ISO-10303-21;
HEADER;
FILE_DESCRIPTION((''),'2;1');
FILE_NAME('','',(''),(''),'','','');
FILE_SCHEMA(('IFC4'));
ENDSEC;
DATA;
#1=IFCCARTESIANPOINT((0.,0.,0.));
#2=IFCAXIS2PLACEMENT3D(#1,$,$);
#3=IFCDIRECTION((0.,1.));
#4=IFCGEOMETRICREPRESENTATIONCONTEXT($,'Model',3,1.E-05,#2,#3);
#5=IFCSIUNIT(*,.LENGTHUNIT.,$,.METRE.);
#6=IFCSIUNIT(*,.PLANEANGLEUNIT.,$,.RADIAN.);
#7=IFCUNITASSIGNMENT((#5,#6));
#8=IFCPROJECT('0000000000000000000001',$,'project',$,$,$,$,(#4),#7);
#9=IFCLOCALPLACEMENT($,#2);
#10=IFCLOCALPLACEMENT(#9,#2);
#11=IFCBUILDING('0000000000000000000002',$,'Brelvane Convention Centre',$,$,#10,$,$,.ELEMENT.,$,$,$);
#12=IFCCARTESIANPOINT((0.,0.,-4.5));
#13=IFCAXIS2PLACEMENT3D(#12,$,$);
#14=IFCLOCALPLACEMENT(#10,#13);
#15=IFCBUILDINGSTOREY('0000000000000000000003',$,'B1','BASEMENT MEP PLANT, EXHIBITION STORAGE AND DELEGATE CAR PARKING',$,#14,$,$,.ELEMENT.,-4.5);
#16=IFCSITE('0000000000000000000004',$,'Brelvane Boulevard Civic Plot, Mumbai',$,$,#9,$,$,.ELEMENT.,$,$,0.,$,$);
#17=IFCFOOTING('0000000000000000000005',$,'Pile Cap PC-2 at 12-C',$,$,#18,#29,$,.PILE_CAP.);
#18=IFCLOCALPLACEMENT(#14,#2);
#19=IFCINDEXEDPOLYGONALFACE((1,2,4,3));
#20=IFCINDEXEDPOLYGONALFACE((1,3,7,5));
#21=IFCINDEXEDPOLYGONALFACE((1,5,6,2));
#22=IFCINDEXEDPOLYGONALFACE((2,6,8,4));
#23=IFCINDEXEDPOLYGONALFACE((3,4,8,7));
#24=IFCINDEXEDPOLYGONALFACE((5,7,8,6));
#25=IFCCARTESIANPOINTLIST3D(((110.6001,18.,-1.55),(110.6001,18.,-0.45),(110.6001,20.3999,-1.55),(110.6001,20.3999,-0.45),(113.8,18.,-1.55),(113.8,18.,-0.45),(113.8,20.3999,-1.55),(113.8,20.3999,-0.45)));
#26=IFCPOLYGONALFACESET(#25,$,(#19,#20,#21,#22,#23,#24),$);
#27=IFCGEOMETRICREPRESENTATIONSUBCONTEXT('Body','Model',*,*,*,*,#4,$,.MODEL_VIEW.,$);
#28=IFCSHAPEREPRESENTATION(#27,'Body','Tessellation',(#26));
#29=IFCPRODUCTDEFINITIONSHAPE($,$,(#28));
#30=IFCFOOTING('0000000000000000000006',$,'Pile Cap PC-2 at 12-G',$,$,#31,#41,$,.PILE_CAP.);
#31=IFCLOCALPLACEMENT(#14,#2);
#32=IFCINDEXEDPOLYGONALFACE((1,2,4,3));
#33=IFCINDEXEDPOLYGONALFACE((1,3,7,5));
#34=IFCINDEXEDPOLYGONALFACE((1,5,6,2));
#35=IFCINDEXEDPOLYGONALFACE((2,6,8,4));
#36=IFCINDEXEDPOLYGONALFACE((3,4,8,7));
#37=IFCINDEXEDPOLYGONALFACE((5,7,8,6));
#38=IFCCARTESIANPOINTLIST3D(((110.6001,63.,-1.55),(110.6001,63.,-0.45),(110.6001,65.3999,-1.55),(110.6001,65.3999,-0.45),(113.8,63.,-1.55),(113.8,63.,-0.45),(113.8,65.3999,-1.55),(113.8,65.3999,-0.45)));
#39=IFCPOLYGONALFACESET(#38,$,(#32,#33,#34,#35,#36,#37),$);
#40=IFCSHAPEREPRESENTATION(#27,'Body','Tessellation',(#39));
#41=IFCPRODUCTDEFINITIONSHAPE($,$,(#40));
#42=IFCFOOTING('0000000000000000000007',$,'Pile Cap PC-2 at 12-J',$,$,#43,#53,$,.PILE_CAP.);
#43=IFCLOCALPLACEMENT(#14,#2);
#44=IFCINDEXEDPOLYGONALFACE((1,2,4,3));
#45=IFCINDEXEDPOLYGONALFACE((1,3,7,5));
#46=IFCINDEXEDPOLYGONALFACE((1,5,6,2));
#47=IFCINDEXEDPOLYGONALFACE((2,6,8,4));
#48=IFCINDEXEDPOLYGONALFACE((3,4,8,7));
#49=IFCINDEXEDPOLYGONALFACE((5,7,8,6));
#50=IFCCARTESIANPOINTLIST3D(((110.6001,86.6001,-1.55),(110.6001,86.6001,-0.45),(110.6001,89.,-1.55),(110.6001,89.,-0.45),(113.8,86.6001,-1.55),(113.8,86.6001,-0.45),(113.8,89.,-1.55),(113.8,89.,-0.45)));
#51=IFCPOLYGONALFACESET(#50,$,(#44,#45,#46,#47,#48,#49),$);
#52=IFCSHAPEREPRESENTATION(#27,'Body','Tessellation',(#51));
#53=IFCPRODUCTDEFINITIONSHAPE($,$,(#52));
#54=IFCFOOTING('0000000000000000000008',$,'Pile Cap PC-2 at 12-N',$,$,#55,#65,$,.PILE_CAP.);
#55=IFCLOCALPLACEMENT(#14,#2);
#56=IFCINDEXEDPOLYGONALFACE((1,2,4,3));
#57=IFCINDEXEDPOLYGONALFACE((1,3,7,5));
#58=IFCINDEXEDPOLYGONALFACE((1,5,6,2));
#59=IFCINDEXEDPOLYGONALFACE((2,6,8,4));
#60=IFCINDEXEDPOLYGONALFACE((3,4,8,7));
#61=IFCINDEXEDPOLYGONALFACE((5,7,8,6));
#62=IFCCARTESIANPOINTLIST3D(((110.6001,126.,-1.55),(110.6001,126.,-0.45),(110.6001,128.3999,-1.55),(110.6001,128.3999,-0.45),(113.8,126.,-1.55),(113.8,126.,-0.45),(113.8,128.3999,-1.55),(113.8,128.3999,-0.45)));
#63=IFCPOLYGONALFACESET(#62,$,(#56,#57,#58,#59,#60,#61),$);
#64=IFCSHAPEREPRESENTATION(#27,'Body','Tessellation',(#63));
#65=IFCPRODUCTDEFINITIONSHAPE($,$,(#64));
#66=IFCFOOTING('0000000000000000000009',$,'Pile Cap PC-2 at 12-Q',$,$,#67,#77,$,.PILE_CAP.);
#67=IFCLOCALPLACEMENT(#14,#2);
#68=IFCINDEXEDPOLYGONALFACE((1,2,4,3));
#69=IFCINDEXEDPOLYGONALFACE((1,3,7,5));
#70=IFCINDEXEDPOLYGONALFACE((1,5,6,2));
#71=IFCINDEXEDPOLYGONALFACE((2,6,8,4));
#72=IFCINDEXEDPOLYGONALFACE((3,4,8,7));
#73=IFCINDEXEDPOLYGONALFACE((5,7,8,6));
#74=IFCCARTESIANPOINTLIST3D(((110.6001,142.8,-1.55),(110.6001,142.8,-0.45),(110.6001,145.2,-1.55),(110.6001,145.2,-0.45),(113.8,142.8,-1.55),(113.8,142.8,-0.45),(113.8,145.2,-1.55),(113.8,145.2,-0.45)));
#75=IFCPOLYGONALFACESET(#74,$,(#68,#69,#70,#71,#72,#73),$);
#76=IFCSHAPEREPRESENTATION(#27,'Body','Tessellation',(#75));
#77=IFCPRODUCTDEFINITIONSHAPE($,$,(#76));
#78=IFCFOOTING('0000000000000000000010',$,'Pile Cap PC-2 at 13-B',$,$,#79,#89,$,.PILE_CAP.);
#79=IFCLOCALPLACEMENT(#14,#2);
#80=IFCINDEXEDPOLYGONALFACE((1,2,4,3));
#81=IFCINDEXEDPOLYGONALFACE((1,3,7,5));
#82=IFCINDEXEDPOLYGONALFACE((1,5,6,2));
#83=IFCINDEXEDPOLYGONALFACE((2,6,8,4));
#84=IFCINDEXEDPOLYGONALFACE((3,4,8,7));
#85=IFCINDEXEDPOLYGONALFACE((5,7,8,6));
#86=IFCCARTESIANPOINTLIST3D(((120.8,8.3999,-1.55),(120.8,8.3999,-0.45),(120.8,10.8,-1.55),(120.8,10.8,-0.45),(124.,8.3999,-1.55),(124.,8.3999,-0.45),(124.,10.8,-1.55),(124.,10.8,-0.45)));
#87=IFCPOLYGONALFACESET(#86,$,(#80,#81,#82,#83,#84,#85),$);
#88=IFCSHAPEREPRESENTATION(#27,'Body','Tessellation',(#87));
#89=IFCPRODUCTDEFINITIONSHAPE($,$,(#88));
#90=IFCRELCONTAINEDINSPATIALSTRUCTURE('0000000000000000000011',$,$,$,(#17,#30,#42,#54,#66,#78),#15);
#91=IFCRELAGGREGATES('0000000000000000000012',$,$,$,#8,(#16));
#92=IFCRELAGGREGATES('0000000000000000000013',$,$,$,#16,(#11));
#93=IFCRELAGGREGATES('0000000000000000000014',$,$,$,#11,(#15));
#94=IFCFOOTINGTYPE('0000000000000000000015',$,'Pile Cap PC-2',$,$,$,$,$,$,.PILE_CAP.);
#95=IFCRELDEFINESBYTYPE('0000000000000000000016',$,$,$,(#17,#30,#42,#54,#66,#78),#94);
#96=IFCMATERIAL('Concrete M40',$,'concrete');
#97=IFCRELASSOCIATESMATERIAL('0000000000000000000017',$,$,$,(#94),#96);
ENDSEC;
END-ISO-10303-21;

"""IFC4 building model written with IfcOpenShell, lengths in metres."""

from ifc_helpers import new_model, si_unit, direction, frame, origin, place, context, subcontext, project, spatial, polyline, outline, extrude, material, type_object, element, save


model = new_model("IFC4")

# Units and contexts
model_context = context("Model", 3, precision=1e-05, world=origin(), true_north=direction((0.0, 1.0)))
body_context = subcontext(model_context, "Body", "Model", "MODEL_VIEW")
ifc_project = project(units=[si_unit("LENGTHUNIT", "METRE"), si_unit("PLANEANGLEUNIT", "RADIAN")], contexts=[model_context])

# Site, building, storey
site_placement = place(None, origin())
site = spatial("IfcSite", under=ifc_project, at=site_placement, Name="Brelvane Boulevard Civic Plot, Mumbai", CompositionType="ELEMENT", RefElevation=0.0)
building_placement = place(site_placement, origin())
building = spatial("IfcBuilding", under=site, at=building_placement, Name="Brelvane Convention Centre", CompositionType="ELEMENT")
storey_placement = place(building_placement, frame((0.0, 0.0, -4.5)))
storey = spatial("IfcBuildingStorey", under=building, at=storey_placement, Name="B1", Description="BASEMENT MEP PLANT, EXHIBITION STORAGE AND DELEGATE CAR PARKING", CompositionType="ELEMENT", Elevation=-4.5)

# Footings
ifc_material = material(Name="Concrete M40", Category="concrete")
footing_type = type_object("IfcFootingType", Name="Pile Cap PC-2", PredefinedType="PILE_CAP", material=ifc_material)
footing_1_placement = place(storey_placement, frame((0.0, 0.0, -1.55)))
element("IfcFooting", 1, at=footing_1_placement, inside=storey, type_object=footing_type, Name="Pile Cap PC-2 at 12-C", PredefinedType="PILE_CAP", context=body_context, shape_type="SweptSolid", body=[
    extrude(outline(polyline([(110.6001, 18.0), (113.8, 18.0), (113.8, 20.3999), (110.6001, 20.3999), (110.6001, 18.0)])), origin(), (0.0, 0.0, 1.0), 1.1001),
])
footing_2_placement = place(storey_placement, frame((0.0, 0.0, -1.55)))
element("IfcFooting", 2, at=footing_2_placement, inside=storey, type_object=footing_type, Name="Pile Cap PC-2 at 12-G", PredefinedType="PILE_CAP", context=body_context, shape_type="SweptSolid", body=[
    extrude(outline(polyline([(110.6001, 63.0), (113.8, 63.0), (113.8, 65.3999), (110.6001, 65.3999), (110.6001, 63.0)])), origin(), (0.0, 0.0, 1.0), 1.1001),
])
footing_3_placement = place(storey_placement, frame((0.0, 0.0, -1.55)))
element("IfcFooting", 3, at=footing_3_placement, inside=storey, type_object=footing_type, Name="Pile Cap PC-2 at 12-J", PredefinedType="PILE_CAP", context=body_context, shape_type="SweptSolid", body=[
    extrude(outline(polyline([(110.6001, 86.6001), (113.8, 86.6001), (113.8, 89.0), (110.6001, 89.0), (110.6001, 86.6001)])), origin(), (0.0, 0.0, 1.0), 1.1001),
])
footing_4_placement = place(storey_placement, frame((0.0, 0.0, -1.55)))
element("IfcFooting", 4, at=footing_4_placement, inside=storey, type_object=footing_type, Name="Pile Cap PC-2 at 12-N", PredefinedType="PILE_CAP", context=body_context, shape_type="SweptSolid", body=[
    extrude(outline(polyline([(110.6001, 126.0), (113.8, 126.0), (113.8, 128.3999), (110.6001, 128.3999), (110.6001, 126.0)])), origin(), (0.0, 0.0, 1.0), 1.1001),
])
footing_5_placement = place(storey_placement, frame((0.0, 0.0, -1.55)))
element("IfcFooting", 5, at=footing_5_placement, inside=storey, type_object=footing_type, Name="Pile Cap PC-2 at 12-Q", PredefinedType="PILE_CAP", context=body_context, shape_type="SweptSolid", body=[
    extrude(outline(polyline([(110.6001, 142.8), (113.8, 142.8), (113.8, 145.2), (110.6001, 145.2), (110.6001, 142.8)])), origin(), (0.0, 0.0, 1.0), 1.1001),
])
footing_6_placement = place(storey_placement, frame((0.0, 0.0, -1.55)))
element("IfcFooting", 6, at=footing_6_placement, inside=storey, type_object=footing_type, Name="Pile Cap PC-2 at 13-B", PredefinedType="PILE_CAP", context=body_context, shape_type="SweptSolid", body=[
    extrude(outline(polyline([(120.8, 8.3999), (124.0, 8.3999), (124.0, 10.8), (120.8, 10.8), (120.8, 8.3999)])), origin(), (0.0, 0.0, 1.0), 1.1001),
])

save(model, "model.ifc")
